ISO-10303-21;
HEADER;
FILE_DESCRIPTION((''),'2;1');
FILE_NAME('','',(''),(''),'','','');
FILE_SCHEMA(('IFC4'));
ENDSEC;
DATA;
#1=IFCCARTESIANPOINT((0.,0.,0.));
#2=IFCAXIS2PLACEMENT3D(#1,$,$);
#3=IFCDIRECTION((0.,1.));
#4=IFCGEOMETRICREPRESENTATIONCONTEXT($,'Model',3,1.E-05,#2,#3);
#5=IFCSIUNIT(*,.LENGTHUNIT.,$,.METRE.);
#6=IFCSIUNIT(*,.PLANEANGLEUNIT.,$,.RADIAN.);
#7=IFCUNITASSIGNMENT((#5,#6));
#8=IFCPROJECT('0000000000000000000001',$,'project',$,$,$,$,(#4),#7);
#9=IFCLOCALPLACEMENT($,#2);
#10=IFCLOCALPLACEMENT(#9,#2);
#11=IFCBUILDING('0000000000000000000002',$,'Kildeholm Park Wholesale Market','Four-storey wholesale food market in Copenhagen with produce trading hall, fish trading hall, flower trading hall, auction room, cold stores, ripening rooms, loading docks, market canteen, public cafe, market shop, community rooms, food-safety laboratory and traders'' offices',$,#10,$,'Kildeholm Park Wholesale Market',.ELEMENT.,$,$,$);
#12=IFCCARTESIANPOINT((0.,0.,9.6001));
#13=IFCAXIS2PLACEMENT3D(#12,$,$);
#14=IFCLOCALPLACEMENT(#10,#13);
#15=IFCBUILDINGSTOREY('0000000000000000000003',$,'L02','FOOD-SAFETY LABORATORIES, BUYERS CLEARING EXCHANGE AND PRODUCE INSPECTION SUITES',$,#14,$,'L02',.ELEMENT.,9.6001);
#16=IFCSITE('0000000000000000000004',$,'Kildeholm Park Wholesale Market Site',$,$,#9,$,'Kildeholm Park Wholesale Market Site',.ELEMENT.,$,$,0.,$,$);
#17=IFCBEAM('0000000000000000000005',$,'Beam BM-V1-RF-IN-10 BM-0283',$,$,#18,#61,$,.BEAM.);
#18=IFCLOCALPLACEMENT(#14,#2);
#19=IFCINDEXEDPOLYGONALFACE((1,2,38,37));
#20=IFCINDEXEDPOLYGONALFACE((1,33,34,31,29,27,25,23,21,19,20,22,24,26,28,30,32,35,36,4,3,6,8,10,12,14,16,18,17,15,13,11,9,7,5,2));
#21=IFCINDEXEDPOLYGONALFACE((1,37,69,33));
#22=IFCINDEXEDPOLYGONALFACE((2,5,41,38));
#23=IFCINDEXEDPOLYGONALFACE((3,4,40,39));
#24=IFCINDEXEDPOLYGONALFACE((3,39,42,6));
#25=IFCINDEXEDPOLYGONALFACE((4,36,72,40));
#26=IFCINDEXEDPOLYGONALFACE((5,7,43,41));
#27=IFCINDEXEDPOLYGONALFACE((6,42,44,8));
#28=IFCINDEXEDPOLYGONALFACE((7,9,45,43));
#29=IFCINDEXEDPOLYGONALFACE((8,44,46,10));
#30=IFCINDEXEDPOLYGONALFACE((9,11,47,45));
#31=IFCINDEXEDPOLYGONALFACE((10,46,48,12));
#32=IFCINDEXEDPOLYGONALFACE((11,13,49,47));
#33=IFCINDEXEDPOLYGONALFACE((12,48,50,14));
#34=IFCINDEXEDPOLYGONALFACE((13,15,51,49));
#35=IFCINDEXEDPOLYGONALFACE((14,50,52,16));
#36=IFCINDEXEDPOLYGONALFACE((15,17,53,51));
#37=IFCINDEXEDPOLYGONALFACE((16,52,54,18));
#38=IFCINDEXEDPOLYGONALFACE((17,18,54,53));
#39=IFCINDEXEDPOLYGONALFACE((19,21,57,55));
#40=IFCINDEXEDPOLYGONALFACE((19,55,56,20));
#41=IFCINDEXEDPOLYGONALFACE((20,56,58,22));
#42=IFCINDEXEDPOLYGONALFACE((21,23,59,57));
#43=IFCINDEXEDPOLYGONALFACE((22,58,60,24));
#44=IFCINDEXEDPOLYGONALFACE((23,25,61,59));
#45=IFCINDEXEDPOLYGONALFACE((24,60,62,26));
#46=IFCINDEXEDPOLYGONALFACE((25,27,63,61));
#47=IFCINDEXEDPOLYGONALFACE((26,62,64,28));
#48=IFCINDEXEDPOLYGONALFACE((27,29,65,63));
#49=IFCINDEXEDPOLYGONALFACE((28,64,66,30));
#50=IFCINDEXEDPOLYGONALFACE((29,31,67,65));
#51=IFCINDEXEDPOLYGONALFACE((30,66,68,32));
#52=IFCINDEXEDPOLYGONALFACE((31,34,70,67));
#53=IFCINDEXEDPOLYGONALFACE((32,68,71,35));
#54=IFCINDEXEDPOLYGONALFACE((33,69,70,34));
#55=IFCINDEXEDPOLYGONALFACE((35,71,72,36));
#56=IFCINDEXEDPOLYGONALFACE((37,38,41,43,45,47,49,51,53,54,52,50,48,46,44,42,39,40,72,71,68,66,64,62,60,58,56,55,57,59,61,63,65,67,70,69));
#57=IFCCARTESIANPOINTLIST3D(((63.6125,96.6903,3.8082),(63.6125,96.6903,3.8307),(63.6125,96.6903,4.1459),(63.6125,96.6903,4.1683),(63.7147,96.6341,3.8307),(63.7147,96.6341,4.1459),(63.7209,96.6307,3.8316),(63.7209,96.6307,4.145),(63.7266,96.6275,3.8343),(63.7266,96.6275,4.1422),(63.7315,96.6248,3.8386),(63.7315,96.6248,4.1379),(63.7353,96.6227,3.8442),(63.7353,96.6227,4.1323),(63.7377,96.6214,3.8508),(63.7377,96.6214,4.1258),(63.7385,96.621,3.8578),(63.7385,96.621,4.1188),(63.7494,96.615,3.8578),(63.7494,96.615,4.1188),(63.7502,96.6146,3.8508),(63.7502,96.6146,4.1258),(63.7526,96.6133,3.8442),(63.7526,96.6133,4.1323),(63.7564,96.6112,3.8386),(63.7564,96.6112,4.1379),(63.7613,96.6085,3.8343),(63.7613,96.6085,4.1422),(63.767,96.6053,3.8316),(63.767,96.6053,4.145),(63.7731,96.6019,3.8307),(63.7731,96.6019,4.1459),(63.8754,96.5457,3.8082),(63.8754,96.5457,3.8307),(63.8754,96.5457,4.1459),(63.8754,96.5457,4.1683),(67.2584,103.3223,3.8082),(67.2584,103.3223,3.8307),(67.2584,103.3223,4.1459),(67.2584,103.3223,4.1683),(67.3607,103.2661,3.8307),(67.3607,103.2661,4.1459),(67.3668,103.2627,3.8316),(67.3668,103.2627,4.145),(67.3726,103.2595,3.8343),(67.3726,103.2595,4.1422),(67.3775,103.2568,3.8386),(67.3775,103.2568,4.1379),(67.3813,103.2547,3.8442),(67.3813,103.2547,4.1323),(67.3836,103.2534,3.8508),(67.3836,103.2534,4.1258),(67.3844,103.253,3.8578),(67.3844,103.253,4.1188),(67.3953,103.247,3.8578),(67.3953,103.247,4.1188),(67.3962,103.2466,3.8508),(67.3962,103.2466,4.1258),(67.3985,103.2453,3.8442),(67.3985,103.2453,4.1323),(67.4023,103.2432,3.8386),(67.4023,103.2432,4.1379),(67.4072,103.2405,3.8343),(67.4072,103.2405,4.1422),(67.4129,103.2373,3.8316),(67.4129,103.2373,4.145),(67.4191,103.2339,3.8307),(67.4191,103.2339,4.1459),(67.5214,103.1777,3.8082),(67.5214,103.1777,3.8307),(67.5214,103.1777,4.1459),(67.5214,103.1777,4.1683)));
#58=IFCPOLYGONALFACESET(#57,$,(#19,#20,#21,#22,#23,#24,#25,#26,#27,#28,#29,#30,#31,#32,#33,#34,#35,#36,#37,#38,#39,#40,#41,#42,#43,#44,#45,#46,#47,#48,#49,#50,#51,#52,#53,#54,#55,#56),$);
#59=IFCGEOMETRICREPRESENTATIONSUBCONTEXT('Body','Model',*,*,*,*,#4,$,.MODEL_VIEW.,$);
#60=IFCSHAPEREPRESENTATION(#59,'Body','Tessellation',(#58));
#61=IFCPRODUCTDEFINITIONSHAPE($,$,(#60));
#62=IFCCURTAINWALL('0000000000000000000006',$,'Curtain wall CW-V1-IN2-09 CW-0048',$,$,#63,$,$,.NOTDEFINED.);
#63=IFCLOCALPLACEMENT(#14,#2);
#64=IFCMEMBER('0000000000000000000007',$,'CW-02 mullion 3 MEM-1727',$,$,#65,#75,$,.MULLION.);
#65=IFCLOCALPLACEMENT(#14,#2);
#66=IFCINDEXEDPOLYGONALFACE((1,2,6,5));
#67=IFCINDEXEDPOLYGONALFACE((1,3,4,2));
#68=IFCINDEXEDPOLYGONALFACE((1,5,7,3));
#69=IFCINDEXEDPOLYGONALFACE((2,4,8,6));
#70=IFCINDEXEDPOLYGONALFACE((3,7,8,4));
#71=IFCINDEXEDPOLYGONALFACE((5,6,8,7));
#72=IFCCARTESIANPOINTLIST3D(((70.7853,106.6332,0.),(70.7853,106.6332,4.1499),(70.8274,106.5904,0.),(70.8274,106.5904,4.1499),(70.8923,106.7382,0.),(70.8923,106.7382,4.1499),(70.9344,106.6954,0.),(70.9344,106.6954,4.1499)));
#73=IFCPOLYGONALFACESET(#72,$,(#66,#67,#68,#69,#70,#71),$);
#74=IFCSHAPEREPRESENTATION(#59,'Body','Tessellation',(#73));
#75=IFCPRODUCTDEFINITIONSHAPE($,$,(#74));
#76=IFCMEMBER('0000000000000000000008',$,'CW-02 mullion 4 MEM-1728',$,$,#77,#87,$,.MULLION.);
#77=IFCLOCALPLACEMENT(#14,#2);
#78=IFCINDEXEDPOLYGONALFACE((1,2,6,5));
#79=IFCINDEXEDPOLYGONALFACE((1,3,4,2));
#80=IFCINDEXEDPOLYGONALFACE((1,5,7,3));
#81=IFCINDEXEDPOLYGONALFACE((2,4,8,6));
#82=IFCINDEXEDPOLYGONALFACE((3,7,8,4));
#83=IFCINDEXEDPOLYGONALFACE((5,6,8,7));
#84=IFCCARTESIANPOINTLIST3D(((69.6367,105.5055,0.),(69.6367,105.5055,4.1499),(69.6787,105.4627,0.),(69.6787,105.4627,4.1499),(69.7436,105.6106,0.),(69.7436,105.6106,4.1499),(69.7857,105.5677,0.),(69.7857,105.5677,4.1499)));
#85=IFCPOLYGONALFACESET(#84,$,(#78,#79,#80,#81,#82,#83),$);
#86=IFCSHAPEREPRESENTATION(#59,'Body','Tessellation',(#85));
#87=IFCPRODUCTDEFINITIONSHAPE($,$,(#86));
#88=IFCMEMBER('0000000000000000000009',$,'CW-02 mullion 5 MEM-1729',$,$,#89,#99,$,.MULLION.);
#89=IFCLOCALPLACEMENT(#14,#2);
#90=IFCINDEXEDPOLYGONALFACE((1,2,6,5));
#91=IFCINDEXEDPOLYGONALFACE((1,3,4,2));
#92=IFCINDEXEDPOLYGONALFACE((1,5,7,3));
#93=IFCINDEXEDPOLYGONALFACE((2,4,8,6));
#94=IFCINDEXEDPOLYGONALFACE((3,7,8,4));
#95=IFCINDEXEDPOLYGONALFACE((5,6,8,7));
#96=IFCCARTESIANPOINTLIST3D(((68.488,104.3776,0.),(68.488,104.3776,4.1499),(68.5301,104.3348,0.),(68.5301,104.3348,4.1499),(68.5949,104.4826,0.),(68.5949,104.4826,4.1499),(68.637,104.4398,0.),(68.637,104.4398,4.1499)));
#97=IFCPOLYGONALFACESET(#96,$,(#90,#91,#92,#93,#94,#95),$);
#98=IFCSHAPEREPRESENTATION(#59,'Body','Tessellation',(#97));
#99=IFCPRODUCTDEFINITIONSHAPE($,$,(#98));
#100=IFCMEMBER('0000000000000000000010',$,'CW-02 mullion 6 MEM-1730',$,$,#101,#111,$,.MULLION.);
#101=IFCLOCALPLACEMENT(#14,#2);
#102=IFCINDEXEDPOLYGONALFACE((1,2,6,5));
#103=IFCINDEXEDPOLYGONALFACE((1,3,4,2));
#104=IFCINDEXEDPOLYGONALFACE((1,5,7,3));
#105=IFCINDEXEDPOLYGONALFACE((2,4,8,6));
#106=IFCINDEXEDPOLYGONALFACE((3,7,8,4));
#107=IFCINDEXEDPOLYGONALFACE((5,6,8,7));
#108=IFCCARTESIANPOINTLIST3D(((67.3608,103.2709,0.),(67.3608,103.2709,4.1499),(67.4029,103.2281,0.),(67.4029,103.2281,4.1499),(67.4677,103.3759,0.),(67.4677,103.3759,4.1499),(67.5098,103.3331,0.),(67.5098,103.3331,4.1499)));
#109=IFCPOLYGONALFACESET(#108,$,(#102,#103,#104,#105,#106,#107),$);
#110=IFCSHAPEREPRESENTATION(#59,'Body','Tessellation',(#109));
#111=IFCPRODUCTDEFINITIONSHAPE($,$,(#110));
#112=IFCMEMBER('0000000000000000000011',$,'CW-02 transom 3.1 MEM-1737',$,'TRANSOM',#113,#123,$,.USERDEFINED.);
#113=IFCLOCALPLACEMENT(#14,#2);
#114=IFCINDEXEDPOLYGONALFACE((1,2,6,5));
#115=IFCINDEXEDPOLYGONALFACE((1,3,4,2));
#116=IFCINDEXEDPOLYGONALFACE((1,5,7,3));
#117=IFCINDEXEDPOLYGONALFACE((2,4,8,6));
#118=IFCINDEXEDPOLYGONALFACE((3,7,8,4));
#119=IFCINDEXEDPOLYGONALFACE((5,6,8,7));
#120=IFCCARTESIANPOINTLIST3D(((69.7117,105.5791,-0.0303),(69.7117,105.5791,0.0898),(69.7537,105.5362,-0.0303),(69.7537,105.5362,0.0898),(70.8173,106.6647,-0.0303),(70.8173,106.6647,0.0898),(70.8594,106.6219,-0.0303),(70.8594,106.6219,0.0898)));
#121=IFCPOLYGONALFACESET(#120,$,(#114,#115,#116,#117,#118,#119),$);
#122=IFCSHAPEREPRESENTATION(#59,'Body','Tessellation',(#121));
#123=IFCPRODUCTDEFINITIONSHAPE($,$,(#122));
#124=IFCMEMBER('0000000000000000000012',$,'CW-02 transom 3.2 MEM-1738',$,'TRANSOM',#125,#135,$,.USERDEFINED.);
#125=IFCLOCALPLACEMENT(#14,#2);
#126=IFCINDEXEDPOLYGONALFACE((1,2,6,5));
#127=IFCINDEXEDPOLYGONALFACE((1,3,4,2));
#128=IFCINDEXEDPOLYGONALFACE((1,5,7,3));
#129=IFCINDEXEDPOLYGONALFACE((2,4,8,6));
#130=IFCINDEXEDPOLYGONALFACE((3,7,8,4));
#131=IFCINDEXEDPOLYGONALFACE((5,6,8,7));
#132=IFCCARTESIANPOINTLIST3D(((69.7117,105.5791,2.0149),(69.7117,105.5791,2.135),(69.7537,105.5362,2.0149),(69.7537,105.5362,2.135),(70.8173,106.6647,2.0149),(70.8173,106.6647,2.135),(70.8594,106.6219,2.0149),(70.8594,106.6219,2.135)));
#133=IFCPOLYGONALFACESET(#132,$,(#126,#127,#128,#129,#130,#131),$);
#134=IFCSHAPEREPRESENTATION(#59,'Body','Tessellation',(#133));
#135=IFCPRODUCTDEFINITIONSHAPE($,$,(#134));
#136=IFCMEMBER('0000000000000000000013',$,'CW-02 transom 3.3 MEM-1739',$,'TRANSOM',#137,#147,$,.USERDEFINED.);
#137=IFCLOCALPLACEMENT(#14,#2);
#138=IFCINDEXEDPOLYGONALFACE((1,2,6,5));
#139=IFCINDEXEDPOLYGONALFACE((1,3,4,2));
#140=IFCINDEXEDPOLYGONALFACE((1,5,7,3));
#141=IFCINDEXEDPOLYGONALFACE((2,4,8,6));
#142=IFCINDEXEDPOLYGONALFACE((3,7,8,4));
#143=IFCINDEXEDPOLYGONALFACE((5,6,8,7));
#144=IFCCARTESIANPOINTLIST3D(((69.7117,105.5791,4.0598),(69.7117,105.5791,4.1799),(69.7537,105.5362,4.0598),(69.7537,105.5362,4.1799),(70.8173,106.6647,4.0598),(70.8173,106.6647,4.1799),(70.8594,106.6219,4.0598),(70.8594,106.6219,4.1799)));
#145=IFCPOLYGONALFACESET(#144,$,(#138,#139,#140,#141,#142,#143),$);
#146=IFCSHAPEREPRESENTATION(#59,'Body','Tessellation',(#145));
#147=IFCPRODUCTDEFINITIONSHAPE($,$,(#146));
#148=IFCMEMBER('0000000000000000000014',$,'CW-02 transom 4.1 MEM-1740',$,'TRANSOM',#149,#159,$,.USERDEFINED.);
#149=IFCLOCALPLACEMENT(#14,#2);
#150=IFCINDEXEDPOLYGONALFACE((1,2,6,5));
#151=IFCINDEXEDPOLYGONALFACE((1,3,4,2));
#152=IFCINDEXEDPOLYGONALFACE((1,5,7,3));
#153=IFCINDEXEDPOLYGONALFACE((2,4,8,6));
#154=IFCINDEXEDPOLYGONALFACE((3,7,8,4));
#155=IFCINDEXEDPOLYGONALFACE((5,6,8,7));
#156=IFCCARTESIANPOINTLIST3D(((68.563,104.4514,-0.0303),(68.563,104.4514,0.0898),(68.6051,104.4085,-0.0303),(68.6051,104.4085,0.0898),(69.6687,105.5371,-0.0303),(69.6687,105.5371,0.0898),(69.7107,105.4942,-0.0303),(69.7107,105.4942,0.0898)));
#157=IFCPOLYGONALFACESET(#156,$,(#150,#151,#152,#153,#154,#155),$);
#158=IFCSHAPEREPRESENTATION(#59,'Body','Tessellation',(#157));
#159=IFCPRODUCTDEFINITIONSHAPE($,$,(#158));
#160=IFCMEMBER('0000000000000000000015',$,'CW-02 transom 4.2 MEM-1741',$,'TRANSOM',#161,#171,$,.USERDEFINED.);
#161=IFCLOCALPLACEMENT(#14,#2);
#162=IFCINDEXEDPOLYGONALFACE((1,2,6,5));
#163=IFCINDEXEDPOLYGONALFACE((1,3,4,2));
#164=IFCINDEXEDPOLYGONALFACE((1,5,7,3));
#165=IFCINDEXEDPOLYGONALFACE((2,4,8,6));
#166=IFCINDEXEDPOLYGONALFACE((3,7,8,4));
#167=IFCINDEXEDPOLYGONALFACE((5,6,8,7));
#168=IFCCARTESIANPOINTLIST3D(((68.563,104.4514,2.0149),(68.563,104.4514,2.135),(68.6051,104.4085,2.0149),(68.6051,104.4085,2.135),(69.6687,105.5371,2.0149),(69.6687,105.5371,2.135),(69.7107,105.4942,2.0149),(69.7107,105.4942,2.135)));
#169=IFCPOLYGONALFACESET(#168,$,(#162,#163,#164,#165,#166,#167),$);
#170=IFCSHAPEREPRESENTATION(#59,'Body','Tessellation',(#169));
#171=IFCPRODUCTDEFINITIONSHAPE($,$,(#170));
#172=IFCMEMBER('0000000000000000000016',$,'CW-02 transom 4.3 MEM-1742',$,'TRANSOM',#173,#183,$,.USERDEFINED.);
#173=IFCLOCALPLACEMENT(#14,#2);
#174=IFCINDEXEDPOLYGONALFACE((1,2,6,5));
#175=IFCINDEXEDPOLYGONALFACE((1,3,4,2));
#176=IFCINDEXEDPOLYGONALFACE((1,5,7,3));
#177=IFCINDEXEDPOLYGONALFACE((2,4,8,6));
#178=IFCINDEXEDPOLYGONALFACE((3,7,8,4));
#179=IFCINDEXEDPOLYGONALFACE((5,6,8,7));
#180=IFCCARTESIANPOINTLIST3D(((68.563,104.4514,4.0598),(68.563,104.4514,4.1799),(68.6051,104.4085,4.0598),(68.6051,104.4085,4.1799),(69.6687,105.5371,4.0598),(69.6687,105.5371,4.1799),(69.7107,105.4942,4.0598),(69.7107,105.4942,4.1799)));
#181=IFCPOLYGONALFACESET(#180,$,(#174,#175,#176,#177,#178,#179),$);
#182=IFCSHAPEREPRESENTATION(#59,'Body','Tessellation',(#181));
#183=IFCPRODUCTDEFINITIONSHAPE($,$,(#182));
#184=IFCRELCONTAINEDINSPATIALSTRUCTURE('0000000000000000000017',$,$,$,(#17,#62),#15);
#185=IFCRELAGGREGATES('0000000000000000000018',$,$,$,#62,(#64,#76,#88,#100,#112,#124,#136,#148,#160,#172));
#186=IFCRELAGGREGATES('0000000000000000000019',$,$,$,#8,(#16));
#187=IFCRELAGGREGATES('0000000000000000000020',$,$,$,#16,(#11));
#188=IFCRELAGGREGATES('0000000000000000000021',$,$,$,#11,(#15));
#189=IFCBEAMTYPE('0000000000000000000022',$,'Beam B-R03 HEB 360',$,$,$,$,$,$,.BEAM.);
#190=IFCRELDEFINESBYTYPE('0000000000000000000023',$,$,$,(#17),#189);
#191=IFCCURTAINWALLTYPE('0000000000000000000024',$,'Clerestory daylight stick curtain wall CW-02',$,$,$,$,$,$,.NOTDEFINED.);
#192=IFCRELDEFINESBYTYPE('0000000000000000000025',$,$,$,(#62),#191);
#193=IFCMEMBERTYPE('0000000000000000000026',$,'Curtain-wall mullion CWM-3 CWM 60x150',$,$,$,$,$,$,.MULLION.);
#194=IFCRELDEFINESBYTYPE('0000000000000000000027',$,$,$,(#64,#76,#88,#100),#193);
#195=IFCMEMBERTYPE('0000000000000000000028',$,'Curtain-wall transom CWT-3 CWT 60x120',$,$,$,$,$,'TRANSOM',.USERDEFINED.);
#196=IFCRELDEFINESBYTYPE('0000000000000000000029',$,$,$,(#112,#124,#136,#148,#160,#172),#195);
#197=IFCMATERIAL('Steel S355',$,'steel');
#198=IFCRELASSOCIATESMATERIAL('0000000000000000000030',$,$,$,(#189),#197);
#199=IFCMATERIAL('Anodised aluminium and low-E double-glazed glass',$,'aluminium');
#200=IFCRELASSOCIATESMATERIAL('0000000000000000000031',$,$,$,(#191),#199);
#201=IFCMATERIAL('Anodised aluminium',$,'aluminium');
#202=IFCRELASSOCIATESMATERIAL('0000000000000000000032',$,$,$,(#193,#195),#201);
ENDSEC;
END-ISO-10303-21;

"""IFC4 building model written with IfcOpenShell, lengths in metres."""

from ifc_helpers import new_model, si_unit, direction, frame, origin, origin_2d, place, context, subcontext, project, spatial, rectangle, i_section, extrude, material, material_profile, profile_set, type_object, element, aggregate, save


model = new_model("IFC4")

# Units and contexts
model_context = context("Model", 3, precision=1e-05, world=origin(), true_north=direction((0.0, 1.0)))
body_context = subcontext(model_context, "Body", "Model", "MODEL_VIEW")
ifc_project = project(units=[si_unit("LENGTHUNIT", "METRE"), si_unit("PLANEANGLEUNIT", "RADIAN")], contexts=[model_context])

# Site, building, storey
site_placement = place(None, origin())
site = spatial("IfcSite", under=ifc_project, at=site_placement, Name="Kildeholm Park Wholesale Market Site", LongName="Kildeholm Park Wholesale Market Site", CompositionType="ELEMENT", RefElevation=0.0)
building_placement = place(site_placement, origin())
building = spatial("IfcBuilding", under=site, at=building_placement, Name="Kildeholm Park Wholesale Market", Description="Four-storey wholesale food market in Copenhagen with produce trading hall, fish trading hall, flower trading hall, auction room, cold stores, ripening rooms, loading docks, market canteen, public cafe, market shop, community rooms, food-safety laboratory and traders' offices", LongName="Kildeholm Park Wholesale Market", CompositionType="ELEMENT")
storey_placement = place(building_placement, frame((0.0, 0.0, 9.6001)))
storey = spatial("IfcBuildingStorey", under=building, at=storey_placement, Name="L02", Description="FOOD-SAFETY LABORATORIES, BUYERS CLEARING EXCHANGE AND PRODUCE INSPECTION SUITES", LongName="L02", CompositionType="ELEMENT", Elevation=9.6001)

# Shared definitions
ifc_material_1 = material(Name="Steel S355", Category="steel")

# Beam
ifc_material_profile_1 = material_profile(ifc_material_1, i_section(OverallWidth=0.3, OverallDepth=0.3601, WebThickness=0.0125, FlangeThickness=0.0225, FilletRadius=0.0271, at=origin_2d()), Name="HEB 360")
ifc_profile_set_1 = profile_set([ifc_material_profile_1], Name="Steel S355")
beam_type_1 = type_object("IfcBeamType", Name="Beam B-R03 HEB 360", PredefinedType="BEAM", material=ifc_profile_set_1)
beam_1_placement = place(storey_placement, frame((67.3899, 103.25, 3.9883), z_axis=(-0.481752, -0.876308, 0.0), x_axis=(0.876308, -0.481752, 0.0)))
element("IfcBeam", 1, at=beam_1_placement, inside=storey, type_object=beam_type_1, Name="Beam BM-V1-RF-IN-10 BM-0283", PredefinedType="BEAM", context=body_context, shape_type="SweptSolid", body=[
    extrude(i_section(OverallWidth=0.3, OverallDepth=0.3601, WebThickness=0.0125, FlangeThickness=0.0225, FilletRadius=0.0271, at=origin_2d()), origin(), (0.0, 0.0, 1.0), 7.5681),
])

# Curtain wall, members
ifc_material_2 = material(Name="Anodised aluminium and low-E double-glazed glass", Category="aluminium")
curtain_wall_type = type_object("IfcCurtainWallType", Name="Clerestory daylight stick curtain wall CW-02", PredefinedType="NOTDEFINED", material=ifc_material_2)
curtain_wall_placement = place(storey_placement, origin())
curtain_wall = element("IfcCurtainWall", 2, at=curtain_wall_placement, inside=storey, type_object=curtain_wall_type, Name="Curtain wall CW-V1-IN2-09 CW-0048", PredefinedType="NOTDEFINED")
ifc_material_3 = material(Name="Anodised aluminium", Category="aluminium")
ifc_material_profile_2 = material_profile(ifc_material_3, rectangle(XDim=0.0601, YDim=0.1499, at=origin_2d()), Name="CWM 60x150")
ifc_profile_set_2 = profile_set([ifc_material_profile_2], Name="Anodised aluminium")
member_type_1 = type_object("IfcMemberType", Name="Curtain-wall mullion CWM-3 CWM 60x150", PredefinedType="MULLION", material=ifc_profile_set_2)
member_1_placement = place(storey_placement, frame((70.8599, 106.6643, 0.0), z_axis=(0.0, 0.0, 1.0), x_axis=(0.700617, -0.713538, 0.0)))
member_1 = element("IfcMember", 3, at=member_1_placement, type_object=member_type_1, Name="CW-02 mullion 3 MEM-1727", PredefinedType="MULLION", context=body_context, shape_type="SweptSolid", body=[
    extrude(rectangle(XDim=0.0601, YDim=0.1499, at=origin_2d()), origin(), (0.0, 0.0, 1.0), 4.1499),
])
member_2_placement = place(storey_placement, frame((69.7112, 105.5366, 0.0), z_axis=(0.0, 0.0, 1.0), x_axis=(0.700617, -0.713538, 0.0)))
member_2 = element("IfcMember", 4, at=member_2_placement, type_object=member_type_1, Name="CW-02 mullion 4 MEM-1728", PredefinedType="MULLION", context=body_context, shape_type="SweptSolid", body=[
    extrude(rectangle(XDim=0.0601, YDim=0.1499, at=origin_2d()), origin(), (0.0, 0.0, 1.0), 4.1499),
])
member_3_placement = place(storey_placement, frame((68.5625, 104.4087, 0.0), z_axis=(0.0, 0.0, 1.0), x_axis=(0.700617, -0.713538, 0.0)))
member_3 = element("IfcMember", 5, at=member_3_placement, type_object=member_type_1, Name="CW-02 mullion 5 MEM-1729", PredefinedType="MULLION", context=body_context, shape_type="SweptSolid", body=[
    extrude(rectangle(XDim=0.0601, YDim=0.1499, at=origin_2d()), origin(), (0.0, 0.0, 1.0), 4.1499),
])
member_4_placement = place(storey_placement, frame((67.4353, 103.302, 0.0), z_axis=(0.0, 0.0, 1.0), x_axis=(0.700617, -0.713538, 0.0)))
member_4 = element("IfcMember", 6, at=member_4_placement, type_object=member_type_1, Name="CW-02 mullion 6 MEM-1730", PredefinedType="MULLION", context=body_context, shape_type="SweptSolid", body=[
    extrude(rectangle(XDim=0.0601, YDim=0.1499, at=origin_2d()), origin(), (0.0, 0.0, 1.0), 4.1499),
])
ifc_material_profile_3 = material_profile(ifc_material_3, rectangle(XDim=0.0601, YDim=0.1201, at=origin_2d()), Name="CWT 60x120")
ifc_profile_set_3 = profile_set([ifc_material_profile_3], Name="Anodised aluminium")
member_type_2 = type_object("IfcMemberType", Name="Curtain-wall transom CWT-3 CWT 60x120", ElementType="TRANSOM", PredefinedType="USERDEFINED", material=ifc_profile_set_3)
member_5_placement = place(storey_placement, frame((70.8384, 106.6433, 0.0298), z_axis=(-0.713537, -0.700618, 0.0), x_axis=(0.700618, -0.713537, 0.0)))
member_5 = element("IfcMember", 7, at=member_5_placement, type_object=member_type_2, Name="CW-02 transom 3.1 MEM-1737", ObjectType="TRANSOM", PredefinedType="USERDEFINED", context=body_context, shape_type="SweptSolid", body=[
    extrude(rectangle(XDim=0.0601, YDim=0.1201, at=origin_2d()), origin(), (0.0, 0.0, 1.0), 1.5496),
])
member_6_placement = place(storey_placement, frame((70.8384, 106.6433, 2.075), z_axis=(-0.713537, -0.700618, 0.0), x_axis=(0.700618, -0.713537, 0.0)))
member_6 = element("IfcMember", 8, at=member_6_placement, type_object=member_type_2, Name="CW-02 transom 3.2 MEM-1738", ObjectType="TRANSOM", PredefinedType="USERDEFINED", context=body_context, shape_type="SweptSolid", body=[
    extrude(rectangle(XDim=0.0601, YDim=0.1201, at=origin_2d()), origin(), (0.0, 0.0, 1.0), 1.5496),
])
member_7_placement = place(storey_placement, frame((70.8384, 106.6433, 4.1199), z_axis=(-0.713537, -0.700618, 0.0), x_axis=(0.700618, -0.713537, 0.0)))
member_7 = element("IfcMember", 9, at=member_7_placement, type_object=member_type_2, Name="CW-02 transom 3.3 MEM-1739", ObjectType="TRANSOM", PredefinedType="USERDEFINED", context=body_context, shape_type="SweptSolid", body=[
    extrude(rectangle(XDim=0.0601, YDim=0.1201, at=origin_2d()), origin(), (0.0, 0.0, 1.0), 1.5496),
])
member_8_placement = place(storey_placement, frame((69.6897, 105.5156, 0.0298), z_axis=(-0.713537, -0.700618, 0.0), x_axis=(0.700618, -0.713537, 0.0)))
member_8 = element("IfcMember", 10, at=member_8_placement, type_object=member_type_2, Name="CW-02 transom 4.1 MEM-1740", ObjectType="TRANSOM", PredefinedType="USERDEFINED", context=body_context, shape_type="SweptSolid", body=[
    extrude(rectangle(XDim=0.0601, YDim=0.1201, at=origin_2d()), origin(), (0.0, 0.0, 1.0), 1.5496),
])
member_9_placement = place(storey_placement, frame((69.6897, 105.5156, 2.075), z_axis=(-0.713537, -0.700618, 0.0), x_axis=(0.700618, -0.713537, 0.0)))
member_9 = element("IfcMember", 11, at=member_9_placement, type_object=member_type_2, Name="CW-02 transom 4.2 MEM-1741", ObjectType="TRANSOM", PredefinedType="USERDEFINED", context=body_context, shape_type="SweptSolid", body=[
    extrude(rectangle(XDim=0.0601, YDim=0.1201, at=origin_2d()), origin(), (0.0, 0.0, 1.0), 1.5496),
])
member_10_placement = place(storey_placement, frame((69.6897, 105.5156, 4.1199), z_axis=(-0.713537, -0.700618, 0.0), x_axis=(0.700618, -0.713537, 0.0)))
member_10 = element("IfcMember", 12, at=member_10_placement, type_object=member_type_2, Name="CW-02 transom 4.3 MEM-1742", ObjectType="TRANSOM", PredefinedType="USERDEFINED", context=body_context, shape_type="SweptSolid", body=[
    extrude(rectangle(XDim=0.0601, YDim=0.1201, at=origin_2d()), origin(), (0.0, 0.0, 1.0), 1.5496),
])
aggregate(curtain_wall, [member_1, member_2, member_3, member_4, member_5, member_6, member_7, member_8, member_9, member_10])

save(model, "model.ifc")
